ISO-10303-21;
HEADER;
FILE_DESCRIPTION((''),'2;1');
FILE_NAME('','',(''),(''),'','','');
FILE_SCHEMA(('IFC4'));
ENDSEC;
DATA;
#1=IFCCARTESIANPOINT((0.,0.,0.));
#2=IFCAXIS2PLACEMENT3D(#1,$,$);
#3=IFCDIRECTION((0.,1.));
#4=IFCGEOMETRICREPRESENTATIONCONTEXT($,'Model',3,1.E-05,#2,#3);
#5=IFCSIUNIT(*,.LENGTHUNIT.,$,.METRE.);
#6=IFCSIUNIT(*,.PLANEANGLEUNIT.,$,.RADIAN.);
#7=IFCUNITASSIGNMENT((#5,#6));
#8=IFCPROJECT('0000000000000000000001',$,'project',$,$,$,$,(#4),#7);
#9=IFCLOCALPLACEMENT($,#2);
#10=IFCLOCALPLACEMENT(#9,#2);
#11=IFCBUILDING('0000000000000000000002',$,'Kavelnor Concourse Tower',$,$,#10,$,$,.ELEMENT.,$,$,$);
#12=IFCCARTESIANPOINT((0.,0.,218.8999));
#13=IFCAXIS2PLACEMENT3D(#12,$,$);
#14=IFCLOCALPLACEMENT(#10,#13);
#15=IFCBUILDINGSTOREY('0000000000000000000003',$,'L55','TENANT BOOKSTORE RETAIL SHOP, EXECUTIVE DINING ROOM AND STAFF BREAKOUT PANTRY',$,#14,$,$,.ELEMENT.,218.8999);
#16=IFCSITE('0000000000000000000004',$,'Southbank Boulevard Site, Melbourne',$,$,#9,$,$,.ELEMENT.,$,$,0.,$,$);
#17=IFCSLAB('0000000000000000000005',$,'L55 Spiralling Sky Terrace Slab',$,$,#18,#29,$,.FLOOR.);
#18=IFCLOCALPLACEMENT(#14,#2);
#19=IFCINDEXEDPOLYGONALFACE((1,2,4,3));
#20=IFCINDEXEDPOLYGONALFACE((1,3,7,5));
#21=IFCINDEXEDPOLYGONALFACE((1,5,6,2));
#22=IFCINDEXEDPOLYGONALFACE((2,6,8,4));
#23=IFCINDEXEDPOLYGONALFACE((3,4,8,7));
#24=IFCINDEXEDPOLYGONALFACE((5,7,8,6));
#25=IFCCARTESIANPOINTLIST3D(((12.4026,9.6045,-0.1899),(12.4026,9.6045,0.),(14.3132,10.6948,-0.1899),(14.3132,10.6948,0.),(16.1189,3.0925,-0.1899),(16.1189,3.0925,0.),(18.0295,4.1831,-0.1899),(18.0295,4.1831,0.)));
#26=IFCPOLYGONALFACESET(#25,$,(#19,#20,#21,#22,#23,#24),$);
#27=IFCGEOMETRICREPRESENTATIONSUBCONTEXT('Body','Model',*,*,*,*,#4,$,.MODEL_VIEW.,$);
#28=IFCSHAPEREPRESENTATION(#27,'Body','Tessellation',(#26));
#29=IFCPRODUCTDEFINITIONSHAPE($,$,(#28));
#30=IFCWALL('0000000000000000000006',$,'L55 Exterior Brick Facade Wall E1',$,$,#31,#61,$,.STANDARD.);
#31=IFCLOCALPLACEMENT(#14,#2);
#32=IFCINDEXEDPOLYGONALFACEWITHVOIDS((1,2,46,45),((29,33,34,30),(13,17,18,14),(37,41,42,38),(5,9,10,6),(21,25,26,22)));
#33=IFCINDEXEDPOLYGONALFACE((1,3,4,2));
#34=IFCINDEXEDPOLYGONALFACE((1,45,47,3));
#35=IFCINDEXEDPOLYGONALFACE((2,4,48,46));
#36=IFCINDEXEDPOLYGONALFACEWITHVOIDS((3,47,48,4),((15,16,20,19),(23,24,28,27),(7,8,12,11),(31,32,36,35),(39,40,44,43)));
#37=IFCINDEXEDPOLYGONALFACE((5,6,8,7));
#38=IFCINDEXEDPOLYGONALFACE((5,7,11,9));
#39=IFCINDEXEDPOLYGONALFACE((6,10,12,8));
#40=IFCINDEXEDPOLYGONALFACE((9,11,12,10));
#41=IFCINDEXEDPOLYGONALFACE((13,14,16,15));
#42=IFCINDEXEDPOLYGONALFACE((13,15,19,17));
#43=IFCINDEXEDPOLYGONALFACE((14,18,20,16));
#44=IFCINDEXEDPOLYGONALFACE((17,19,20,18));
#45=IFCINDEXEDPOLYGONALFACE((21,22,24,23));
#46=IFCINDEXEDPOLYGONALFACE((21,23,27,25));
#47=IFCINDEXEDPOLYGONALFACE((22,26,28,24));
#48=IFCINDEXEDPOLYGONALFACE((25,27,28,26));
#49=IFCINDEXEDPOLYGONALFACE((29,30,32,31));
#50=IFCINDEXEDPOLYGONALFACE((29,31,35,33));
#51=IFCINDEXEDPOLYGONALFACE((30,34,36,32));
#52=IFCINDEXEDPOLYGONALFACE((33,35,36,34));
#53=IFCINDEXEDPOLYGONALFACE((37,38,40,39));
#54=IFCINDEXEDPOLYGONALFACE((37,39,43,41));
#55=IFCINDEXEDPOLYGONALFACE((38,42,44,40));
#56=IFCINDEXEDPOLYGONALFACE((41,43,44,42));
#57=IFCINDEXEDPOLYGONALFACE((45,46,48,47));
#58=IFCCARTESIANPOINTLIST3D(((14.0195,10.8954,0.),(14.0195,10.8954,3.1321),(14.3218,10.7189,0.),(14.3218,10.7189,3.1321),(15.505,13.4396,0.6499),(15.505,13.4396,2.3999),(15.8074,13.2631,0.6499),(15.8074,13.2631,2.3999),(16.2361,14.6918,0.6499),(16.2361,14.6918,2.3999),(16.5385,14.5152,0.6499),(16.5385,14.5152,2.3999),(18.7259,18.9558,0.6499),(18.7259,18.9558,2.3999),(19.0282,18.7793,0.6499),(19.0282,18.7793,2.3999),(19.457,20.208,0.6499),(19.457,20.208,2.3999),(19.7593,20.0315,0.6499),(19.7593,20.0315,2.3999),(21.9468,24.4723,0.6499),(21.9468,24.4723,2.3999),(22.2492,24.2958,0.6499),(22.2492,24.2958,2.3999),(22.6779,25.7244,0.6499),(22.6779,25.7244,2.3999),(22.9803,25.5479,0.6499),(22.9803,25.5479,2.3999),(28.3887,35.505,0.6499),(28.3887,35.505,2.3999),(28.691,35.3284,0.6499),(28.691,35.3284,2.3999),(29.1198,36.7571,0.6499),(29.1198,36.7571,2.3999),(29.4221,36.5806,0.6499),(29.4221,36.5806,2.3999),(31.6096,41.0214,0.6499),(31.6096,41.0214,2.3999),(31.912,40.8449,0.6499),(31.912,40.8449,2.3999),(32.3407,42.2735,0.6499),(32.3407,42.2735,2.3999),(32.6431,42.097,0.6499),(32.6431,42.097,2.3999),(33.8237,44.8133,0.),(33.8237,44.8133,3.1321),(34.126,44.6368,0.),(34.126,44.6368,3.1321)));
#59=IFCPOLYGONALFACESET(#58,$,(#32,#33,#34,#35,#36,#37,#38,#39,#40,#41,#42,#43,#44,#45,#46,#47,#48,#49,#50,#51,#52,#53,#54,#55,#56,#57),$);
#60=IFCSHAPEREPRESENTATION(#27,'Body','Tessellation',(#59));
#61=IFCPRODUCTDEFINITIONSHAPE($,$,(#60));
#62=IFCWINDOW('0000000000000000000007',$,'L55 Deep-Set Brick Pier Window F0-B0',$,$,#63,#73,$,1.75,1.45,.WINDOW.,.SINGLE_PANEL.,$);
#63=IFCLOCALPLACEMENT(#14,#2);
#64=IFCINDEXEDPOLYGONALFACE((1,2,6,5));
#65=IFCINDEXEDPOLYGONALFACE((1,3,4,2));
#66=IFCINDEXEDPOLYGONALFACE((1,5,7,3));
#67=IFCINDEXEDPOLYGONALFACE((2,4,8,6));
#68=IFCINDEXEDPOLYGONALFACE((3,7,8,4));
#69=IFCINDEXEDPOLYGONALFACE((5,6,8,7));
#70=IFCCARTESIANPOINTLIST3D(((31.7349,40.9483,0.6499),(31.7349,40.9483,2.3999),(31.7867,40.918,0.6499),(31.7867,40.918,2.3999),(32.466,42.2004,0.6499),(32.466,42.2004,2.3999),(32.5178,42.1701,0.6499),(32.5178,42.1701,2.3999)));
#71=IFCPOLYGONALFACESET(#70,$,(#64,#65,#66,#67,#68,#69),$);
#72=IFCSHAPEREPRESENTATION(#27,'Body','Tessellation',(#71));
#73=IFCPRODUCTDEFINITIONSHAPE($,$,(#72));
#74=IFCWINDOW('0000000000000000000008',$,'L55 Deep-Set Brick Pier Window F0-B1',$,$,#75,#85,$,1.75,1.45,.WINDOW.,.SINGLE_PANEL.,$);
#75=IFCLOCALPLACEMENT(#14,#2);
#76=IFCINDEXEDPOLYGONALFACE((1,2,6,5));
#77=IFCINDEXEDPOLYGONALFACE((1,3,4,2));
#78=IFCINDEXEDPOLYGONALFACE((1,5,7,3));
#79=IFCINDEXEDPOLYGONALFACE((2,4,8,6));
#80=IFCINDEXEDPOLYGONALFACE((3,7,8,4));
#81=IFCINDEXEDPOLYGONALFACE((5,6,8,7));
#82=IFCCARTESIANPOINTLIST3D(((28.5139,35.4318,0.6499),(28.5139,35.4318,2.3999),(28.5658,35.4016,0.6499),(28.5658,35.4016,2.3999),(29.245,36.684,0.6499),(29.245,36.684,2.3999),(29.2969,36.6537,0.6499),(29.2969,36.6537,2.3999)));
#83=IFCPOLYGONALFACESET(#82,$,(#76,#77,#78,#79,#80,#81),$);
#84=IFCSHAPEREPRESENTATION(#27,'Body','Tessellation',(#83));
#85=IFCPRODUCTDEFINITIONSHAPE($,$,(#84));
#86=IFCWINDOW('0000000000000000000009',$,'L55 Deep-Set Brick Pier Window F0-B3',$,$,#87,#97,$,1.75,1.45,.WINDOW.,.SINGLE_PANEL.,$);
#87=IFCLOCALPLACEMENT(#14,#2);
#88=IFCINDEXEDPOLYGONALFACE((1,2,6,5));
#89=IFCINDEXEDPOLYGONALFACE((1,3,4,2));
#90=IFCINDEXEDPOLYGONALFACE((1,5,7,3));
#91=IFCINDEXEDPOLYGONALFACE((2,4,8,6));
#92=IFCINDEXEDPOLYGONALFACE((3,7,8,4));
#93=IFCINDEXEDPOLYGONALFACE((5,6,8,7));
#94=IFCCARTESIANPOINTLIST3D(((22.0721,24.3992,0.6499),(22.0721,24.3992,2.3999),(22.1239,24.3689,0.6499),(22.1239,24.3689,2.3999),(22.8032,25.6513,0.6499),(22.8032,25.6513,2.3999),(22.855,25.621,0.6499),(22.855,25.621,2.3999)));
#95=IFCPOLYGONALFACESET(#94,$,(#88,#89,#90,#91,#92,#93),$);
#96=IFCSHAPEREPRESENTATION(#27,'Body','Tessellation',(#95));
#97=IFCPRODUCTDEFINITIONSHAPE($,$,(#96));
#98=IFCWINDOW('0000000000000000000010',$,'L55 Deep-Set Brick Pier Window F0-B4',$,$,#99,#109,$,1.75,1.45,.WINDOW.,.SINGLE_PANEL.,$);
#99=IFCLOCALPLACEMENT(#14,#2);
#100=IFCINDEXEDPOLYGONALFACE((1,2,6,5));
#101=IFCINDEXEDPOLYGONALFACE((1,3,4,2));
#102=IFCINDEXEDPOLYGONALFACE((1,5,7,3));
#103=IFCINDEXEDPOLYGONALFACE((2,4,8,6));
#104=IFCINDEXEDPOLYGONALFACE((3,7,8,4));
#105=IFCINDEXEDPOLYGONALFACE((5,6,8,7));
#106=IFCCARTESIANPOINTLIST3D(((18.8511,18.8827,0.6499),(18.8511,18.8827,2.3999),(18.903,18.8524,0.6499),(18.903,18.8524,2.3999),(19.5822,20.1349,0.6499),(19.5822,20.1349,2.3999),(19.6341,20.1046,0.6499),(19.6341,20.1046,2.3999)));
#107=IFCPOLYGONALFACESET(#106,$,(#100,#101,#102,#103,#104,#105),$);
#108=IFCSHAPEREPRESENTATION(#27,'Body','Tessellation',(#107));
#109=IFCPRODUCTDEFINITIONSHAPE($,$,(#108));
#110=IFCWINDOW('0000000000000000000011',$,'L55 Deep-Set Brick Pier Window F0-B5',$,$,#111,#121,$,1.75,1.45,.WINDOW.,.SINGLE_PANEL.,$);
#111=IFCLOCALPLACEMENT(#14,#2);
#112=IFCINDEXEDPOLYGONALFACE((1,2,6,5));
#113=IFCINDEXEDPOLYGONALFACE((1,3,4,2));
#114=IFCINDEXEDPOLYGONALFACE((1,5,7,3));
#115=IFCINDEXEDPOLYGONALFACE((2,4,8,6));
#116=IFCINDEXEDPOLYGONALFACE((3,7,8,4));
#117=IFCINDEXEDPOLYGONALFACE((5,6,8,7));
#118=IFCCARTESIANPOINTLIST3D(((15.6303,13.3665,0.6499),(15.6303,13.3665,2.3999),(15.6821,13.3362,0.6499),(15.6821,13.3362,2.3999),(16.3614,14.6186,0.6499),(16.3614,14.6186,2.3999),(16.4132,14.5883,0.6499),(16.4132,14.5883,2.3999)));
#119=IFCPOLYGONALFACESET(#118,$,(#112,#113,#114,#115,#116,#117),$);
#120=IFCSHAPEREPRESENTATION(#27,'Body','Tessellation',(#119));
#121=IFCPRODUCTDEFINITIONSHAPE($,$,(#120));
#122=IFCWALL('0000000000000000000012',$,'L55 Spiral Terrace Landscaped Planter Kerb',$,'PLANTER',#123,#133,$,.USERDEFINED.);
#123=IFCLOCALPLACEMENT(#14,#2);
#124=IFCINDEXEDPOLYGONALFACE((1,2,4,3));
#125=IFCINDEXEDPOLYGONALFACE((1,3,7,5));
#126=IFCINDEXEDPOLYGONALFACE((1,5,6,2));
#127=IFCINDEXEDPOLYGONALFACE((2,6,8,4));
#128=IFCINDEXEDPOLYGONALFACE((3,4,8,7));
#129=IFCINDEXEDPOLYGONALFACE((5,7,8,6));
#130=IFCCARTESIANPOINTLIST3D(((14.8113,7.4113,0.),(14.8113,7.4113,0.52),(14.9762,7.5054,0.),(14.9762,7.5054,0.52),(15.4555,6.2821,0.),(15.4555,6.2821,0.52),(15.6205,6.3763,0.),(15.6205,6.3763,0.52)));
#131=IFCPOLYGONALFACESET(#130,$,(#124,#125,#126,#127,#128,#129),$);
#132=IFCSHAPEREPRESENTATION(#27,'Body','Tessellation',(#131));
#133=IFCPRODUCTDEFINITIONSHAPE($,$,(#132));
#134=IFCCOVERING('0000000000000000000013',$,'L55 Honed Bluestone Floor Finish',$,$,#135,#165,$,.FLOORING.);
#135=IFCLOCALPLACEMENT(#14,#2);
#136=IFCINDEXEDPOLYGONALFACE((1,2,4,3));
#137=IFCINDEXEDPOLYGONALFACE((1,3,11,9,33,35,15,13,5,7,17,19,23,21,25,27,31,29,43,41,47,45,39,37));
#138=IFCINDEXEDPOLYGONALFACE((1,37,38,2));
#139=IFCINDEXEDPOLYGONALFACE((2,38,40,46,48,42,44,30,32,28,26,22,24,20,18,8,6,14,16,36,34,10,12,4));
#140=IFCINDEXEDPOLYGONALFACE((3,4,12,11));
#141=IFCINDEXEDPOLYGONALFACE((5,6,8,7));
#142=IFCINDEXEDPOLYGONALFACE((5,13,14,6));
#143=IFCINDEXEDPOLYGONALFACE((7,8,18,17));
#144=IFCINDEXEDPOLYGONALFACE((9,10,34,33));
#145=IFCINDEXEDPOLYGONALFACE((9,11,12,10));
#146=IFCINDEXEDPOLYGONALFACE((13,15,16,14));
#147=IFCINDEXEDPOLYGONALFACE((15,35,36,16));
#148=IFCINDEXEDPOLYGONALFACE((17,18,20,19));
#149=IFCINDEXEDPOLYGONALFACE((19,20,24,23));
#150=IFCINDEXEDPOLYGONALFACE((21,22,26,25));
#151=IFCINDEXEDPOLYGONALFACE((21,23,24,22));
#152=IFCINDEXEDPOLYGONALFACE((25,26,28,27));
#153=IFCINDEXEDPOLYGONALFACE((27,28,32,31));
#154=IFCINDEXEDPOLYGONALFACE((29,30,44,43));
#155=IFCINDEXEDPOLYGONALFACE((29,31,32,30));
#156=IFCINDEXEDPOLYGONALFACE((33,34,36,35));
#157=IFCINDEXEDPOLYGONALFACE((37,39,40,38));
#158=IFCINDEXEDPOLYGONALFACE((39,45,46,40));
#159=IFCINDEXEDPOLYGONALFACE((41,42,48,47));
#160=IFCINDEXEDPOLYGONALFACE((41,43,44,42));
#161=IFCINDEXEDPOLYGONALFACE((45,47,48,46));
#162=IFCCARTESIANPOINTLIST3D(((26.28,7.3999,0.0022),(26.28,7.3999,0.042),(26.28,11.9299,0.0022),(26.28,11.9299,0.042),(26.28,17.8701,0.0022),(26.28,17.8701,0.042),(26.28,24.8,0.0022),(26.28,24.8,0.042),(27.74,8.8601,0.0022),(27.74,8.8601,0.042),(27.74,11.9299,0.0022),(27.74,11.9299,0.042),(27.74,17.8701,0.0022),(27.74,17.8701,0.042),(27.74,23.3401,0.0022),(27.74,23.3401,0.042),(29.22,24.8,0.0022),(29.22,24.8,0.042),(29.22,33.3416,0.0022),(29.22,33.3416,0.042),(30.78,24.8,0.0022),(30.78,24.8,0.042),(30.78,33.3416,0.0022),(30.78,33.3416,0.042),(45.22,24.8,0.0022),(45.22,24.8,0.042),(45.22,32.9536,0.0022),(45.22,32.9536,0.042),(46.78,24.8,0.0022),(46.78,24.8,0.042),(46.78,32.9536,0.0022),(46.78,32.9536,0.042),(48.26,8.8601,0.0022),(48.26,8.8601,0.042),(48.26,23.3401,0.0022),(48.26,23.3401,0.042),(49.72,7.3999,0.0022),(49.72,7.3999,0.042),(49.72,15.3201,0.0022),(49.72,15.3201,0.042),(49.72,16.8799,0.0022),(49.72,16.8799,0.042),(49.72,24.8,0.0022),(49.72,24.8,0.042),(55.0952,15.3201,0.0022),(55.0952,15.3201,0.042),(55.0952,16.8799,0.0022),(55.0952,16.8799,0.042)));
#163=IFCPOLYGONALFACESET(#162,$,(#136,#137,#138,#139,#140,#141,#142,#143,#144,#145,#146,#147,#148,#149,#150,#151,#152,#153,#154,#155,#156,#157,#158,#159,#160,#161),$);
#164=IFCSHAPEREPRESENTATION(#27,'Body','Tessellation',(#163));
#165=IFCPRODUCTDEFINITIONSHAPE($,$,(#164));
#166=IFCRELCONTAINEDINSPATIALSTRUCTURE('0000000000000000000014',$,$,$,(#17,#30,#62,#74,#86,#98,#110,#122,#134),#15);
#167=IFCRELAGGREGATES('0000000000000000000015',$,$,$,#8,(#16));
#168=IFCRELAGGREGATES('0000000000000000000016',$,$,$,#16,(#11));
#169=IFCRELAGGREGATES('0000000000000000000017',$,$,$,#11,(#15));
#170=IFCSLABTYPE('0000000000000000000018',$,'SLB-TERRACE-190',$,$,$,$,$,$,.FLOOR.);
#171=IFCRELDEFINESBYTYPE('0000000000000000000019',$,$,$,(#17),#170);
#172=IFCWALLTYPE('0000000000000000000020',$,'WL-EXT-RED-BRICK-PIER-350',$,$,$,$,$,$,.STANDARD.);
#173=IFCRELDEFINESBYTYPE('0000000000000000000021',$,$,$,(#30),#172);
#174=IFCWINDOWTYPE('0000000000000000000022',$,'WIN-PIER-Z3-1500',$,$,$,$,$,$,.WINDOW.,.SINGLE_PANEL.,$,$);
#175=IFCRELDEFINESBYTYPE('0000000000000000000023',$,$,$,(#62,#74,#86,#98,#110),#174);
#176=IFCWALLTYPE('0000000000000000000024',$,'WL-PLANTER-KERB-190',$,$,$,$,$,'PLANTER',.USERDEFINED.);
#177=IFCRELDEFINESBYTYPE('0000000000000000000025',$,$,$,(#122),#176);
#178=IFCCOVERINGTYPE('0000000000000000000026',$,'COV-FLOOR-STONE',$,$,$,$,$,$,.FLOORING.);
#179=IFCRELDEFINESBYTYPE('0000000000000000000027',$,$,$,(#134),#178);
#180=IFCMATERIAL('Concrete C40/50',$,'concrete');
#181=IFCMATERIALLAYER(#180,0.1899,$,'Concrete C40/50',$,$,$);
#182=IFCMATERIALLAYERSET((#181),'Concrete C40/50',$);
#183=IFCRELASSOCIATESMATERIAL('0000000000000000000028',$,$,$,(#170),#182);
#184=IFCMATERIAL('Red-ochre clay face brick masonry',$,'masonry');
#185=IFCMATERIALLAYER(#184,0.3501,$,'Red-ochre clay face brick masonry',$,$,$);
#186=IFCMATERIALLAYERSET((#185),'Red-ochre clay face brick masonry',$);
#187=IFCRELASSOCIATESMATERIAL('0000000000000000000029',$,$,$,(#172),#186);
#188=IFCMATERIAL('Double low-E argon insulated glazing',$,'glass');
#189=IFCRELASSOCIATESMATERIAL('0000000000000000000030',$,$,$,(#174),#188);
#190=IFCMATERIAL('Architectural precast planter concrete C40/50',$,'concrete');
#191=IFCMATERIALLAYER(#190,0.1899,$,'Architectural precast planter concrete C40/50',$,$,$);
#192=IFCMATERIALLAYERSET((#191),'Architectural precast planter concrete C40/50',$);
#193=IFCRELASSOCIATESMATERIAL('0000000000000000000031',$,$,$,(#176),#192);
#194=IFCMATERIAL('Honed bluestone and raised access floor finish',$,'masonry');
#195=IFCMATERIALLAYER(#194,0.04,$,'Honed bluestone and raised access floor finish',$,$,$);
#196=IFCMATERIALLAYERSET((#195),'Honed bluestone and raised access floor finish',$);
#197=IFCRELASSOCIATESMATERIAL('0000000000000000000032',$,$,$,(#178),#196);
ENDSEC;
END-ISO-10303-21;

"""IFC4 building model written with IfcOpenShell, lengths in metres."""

from ifc_helpers import new_model, si_unit, direction, frame, frame_2d, origin, place, context, subcontext, project, spatial, polyline, rectangle, outline, extrude, material, layer, layer_set, type_object, element, fill, save


model = new_model("IFC4")

# Units and contexts
model_context = context("Model", 3, precision=1e-05, world=origin(), true_north=direction((0.0, 1.0)))
body_context = subcontext(model_context, "Body", "Model", "MODEL_VIEW")
ifc_project = project(units=[si_unit("LENGTHUNIT", "METRE"), si_unit("PLANEANGLEUNIT", "RADIAN")], contexts=[model_context])

# Site, building, storey
site_placement = place(None, origin())
site = spatial("IfcSite", under=ifc_project, at=site_placement, Name="Southbank Boulevard Site, Melbourne", CompositionType="ELEMENT", RefElevation=0.0)
building_placement = place(site_placement, origin())
building = spatial("IfcBuilding", under=site, at=building_placement, Name="Kavelnor Concourse Tower", CompositionType="ELEMENT")
storey_placement = place(building_placement, frame((0.0, 0.0, 218.8999)))
storey = spatial("IfcBuildingStorey", under=building, at=storey_placement, Name="L55", Description="TENANT BOOKSTORE RETAIL SHOP, EXECUTIVE DINING ROOM AND STAFF BREAKOUT PANTRY", CompositionType="ELEMENT", Elevation=218.8999)

# Shared definitions
ifc_material_1 = material(Name="Concrete C40/50", Category="concrete")

# Slab
ifc_layer_1 = layer(ifc_material_1, 0.1899, Name="Concrete C40/50")
ifc_layer_set_1 = layer_set([ifc_layer_1], Name="Concrete C40/50")
slab_type_1 = type_object("IfcSlabType", Name="SLB-TERRACE-190", PredefinedType="FLOOR", material=ifc_layer_set_1)
slab_1_placement = place(storey_placement, frame((0.0, 0.0, -0.1899)))
element("IfcSlab", 1, at=slab_1_placement, inside=storey, type_object=slab_type_1, Name="L55 Spiralling Sky Terrace Slab", PredefinedType="FLOOR", context=body_context, shape_type="SweptSolid", body=[
    extrude(outline(polyline([(16.1189, 3.0925), (12.4026, 9.6045), (14.3132, 10.6948), (18.0295, 4.1831), (16.1189, 3.0925)])), origin(), (0.0, 0.0, 1.0), 0.1899),
])

# Wall, openings, windows
ifc_material_2 = material(Name="Red-ochre clay face brick masonry", Category="masonry")
ifc_layer_2 = layer(ifc_material_2, 0.3501, Name="Red-ochre clay face brick masonry")
ifc_layer_set_2 = layer_set([ifc_layer_2], Name="Red-ochre clay face brick masonry")
wall_type_1 = type_object("IfcWallType", Name="WL-EXT-RED-BRICK-PIER-350", PredefinedType="STANDARD", material=ifc_layer_set_2)
wall_1_placement = place(storey_placement, frame((14.1707, 10.8071, 0.0), z_axis=(0.0, 0.0, 1.0), x_axis=(0.504227, 0.863571, 0.0)))
wall_1 = element("IfcWall", 2, at=wall_1_placement, inside=storey, type_object=wall_type_1, Name="L55 Exterior Brick Facade Wall E1", PredefinedType="STANDARD", context=body_context, shape_type="SweptSolid", body=[
    extrude(rectangle(XDim=39.2764, YDim=0.3501, at=frame_2d((19.6382, 0.0))), origin(), (0.0, 0.0, 1.0), 3.1321),
])
opening_1_placement = place(wall_1_placement, frame((34.8853, 0.0, 0.6499)))
opening_1 = element("IfcOpeningElement", 3, at=opening_1_placement, cuts=wall_1, PredefinedType="OPENING", context=body_context, shape_type="SweptSolid", body=[
    extrude(rectangle(XDim=1.45, YDim=1.75, at=frame_2d((0.7251, 0.875))), frame((0.0, 0.1851, 0.0), z_axis=(0.0, -1.0, 0.0), x_axis=(1.0, 0.0, 0.0)), (0.0, 0.0, 1.0), 0.3701),
])
opening_2_placement = place(wall_1_placement, frame((28.4973, 0.0, 0.6499)))
opening_2 = element("IfcOpeningElement", 4, at=opening_2_placement, cuts=wall_1, PredefinedType="OPENING", context=body_context, shape_type="SweptSolid", body=[
    extrude(rectangle(XDim=1.45, YDim=1.75, at=frame_2d((0.7251, 0.875))), frame((0.0, 0.1851, 0.0), z_axis=(0.0, -1.0, 0.0), x_axis=(1.0, 0.0, 0.0)), (0.0, 0.0, 1.0), 0.3701),
])
opening_3_placement = place(wall_1_placement, frame((15.7217, 0.0, 0.6499)))
opening_3 = element("IfcOpeningElement", 5, at=opening_3_placement, cuts=wall_1, PredefinedType="OPENING", context=body_context, shape_type="SweptSolid", body=[
    extrude(rectangle(XDim=1.45, YDim=1.75, at=frame_2d((0.7251, 0.875))), frame((0.0, 0.1851, 0.0), z_axis=(0.0, -1.0, 0.0), x_axis=(1.0, 0.0, 0.0)), (0.0, 0.0, 1.0), 0.3701),
])
opening_4_placement = place(wall_1_placement, frame((9.3337, 0.0, 0.6499)))
opening_4 = element("IfcOpeningElement", 6, at=opening_4_placement, cuts=wall_1, PredefinedType="OPENING", context=body_context, shape_type="SweptSolid", body=[
    extrude(rectangle(XDim=1.45, YDim=1.75, at=frame_2d((0.7251, 0.875))), frame((0.0, 0.1851, 0.0), z_axis=(0.0, -1.0, 0.0), x_axis=(1.0, 0.0, 0.0)), (0.0, 0.0, 1.0), 0.3701),
])
opening_5_placement = place(wall_1_placement, frame((2.946, 0.0, 0.6499)))
opening_5 = element("IfcOpeningElement", 7, at=opening_5_placement, cuts=wall_1, PredefinedType="OPENING", context=body_context, shape_type="SweptSolid", body=[
    extrude(rectangle(XDim=1.45, YDim=1.75, at=frame_2d((0.7251, 0.875))), frame((0.0, 0.1851, 0.0), z_axis=(0.0, -1.0, 0.0), x_axis=(1.0, 0.0, 0.0)), (0.0, 0.0, 1.0), 0.3701),
])
ifc_material_3 = material(Name="Double low-E argon insulated glazing", Category="glass")
window_type = type_object("IfcWindowType", Name="WIN-PIER-Z3-1500", PartitioningType="SINGLE_PANEL", PredefinedType="WINDOW", material=ifc_material_3)
window_1_placement = place(opening_1_placement, origin())
window_1 = element("IfcWindow", 8, at=window_1_placement, inside=storey, type_object=window_type, Name="L55 Deep-Set Brick Pier Window F0-B0", OverallHeight=1.75, OverallWidth=1.45, PartitioningType="SINGLE_PANEL", PredefinedType="WINDOW", context=body_context, shape_type="SweptSolid", body=[
    extrude(rectangle(XDim=1.45, YDim=1.75, at=frame_2d((0.7251, 0.875))), frame((0.0, 0.03, 0.0), z_axis=(0.0, -1.0, 0.0), x_axis=(1.0, 0.0, 0.0)), (0.0, 0.0, 1.0), 0.0601),
])
fill(opening_1, window_1)
window_2_placement = place(opening_2_placement, origin())
window_2 = element("IfcWindow", 9, at=window_2_placement, inside=storey, type_object=window_type, Name="L55 Deep-Set Brick Pier Window F0-B1", OverallHeight=1.75, OverallWidth=1.45, PartitioningType="SINGLE_PANEL", PredefinedType="WINDOW", context=body_context, shape_type="SweptSolid", body=[
    extrude(rectangle(XDim=1.45, YDim=1.75, at=frame_2d((0.7251, 0.875))), frame((0.0, 0.03, 0.0), z_axis=(0.0, -1.0, 0.0), x_axis=(1.0, 0.0, 0.0)), (0.0, 0.0, 1.0), 0.0601),
])
fill(opening_2, window_2)
window_3_placement = place(opening_3_placement, origin())
window_3 = element("IfcWindow", 10, at=window_3_placement, inside=storey, type_object=window_type, Name="L55 Deep-Set Brick Pier Window F0-B3", OverallHeight=1.75, OverallWidth=1.45, PartitioningType="SINGLE_PANEL", PredefinedType="WINDOW", context=body_context, shape_type="SweptSolid", body=[
    extrude(rectangle(XDim=1.45, YDim=1.75, at=frame_2d((0.7251, 0.875))), frame((0.0, 0.03, 0.0), z_axis=(0.0, -1.0, 0.0), x_axis=(1.0, 0.0, 0.0)), (0.0, 0.0, 1.0), 0.0601),
])
fill(opening_3, window_3)
window_4_placement = place(opening_4_placement, origin())
window_4 = element("IfcWindow", 11, at=window_4_placement, inside=storey, type_object=window_type, Name="L55 Deep-Set Brick Pier Window F0-B4", OverallHeight=1.75, OverallWidth=1.45, PartitioningType="SINGLE_PANEL", PredefinedType="WINDOW", context=body_context, shape_type="SweptSolid", body=[
    extrude(rectangle(XDim=1.45, YDim=1.75, at=frame_2d((0.7251, 0.875))), frame((0.0, 0.03, 0.0), z_axis=(0.0, -1.0, 0.0), x_axis=(1.0, 0.0, 0.0)), (0.0, 0.0, 1.0), 0.0601),
])
fill(opening_4, window_4)
window_5_placement = place(opening_5_placement, origin())
window_5 = element("IfcWindow", 12, at=window_5_placement, inside=storey, type_object=window_type, Name="L55 Deep-Set Brick Pier Window F0-B5", OverallHeight=1.75, OverallWidth=1.45, PartitioningType="SINGLE_PANEL", PredefinedType="WINDOW", context=body_context, shape_type="SweptSolid", body=[
    extrude(rectangle(XDim=1.45, YDim=1.75, at=frame_2d((0.7251, 0.875))), frame((0.0, 0.03, 0.0), z_axis=(0.0, -1.0, 0.0), x_axis=(1.0, 0.0, 0.0)), (0.0, 0.0, 1.0), 0.0601),
])
fill(opening_5, window_5)

# Wall
ifc_material_4 = material(Name="Architectural precast planter concrete C40/50", Category="concrete")
ifc_layer_3 = layer(ifc_material_4, 0.1899, Name="Architectural precast planter concrete C40/50")
ifc_layer_set_3 = layer_set([ifc_layer_3], Name="Architectural precast planter concrete C40/50")
wall_type_2 = type_object("IfcWallType", Name="WL-PLANTER-KERB-190", ElementType="PLANTER", PredefinedType="USERDEFINED", material=ifc_layer_set_3)
wall_2_placement = place(storey_placement, frame((14.8938, 7.4583, 0.0), z_axis=(0.0, 0.0, 1.0), x_axis=(0.495593, -0.868555, 0.0)))
element("IfcWall", 13, at=wall_2_placement, inside=storey, type_object=wall_type_2, Name="L55 Spiral Terrace Landscaped Planter Kerb", ObjectType="PLANTER", PredefinedType="USERDEFINED", context=body_context, shape_type="SweptSolid", body=[
    extrude(rectangle(XDim=1.3, YDim=0.1899, at=frame_2d((0.6499, 0.0))), origin(), (0.0, 0.0, 1.0), 0.52),
])

# Covering
ifc_material_5 = material(Name="Honed bluestone and raised access floor finish", Category="masonry")
ifc_layer_4 = layer(ifc_material_5, 0.04, Name="Honed bluestone and raised access floor finish")
ifc_layer_set_4 = layer_set([ifc_layer_4], Name="Honed bluestone and raised access floor finish")
covering_type = type_object("IfcCoveringType", Name="COV-FLOOR-STONE", PredefinedType="FLOORING", material=ifc_layer_set_4)
covering_placement = place(storey_placement, frame((0.0, 0.0, 0.0022)))
element("IfcCovering", 14, at=covering_placement, inside=storey, type_object=covering_type, Name="L55 Honed Bluestone Floor Finish", PredefinedType="FLOORING", context=body_context, shape_type="SweptSolid", body=[
    extrude(outline(polyline([(29.22, 24.8), (29.22, 33.3416), (30.78, 33.3416), (30.78, 24.8), (45.22, 24.8), (45.22, 32.9536), (46.78, 32.9536), (46.78, 24.8), (49.72, 24.8), (49.72, 16.8799), (55.0952, 16.8799), (55.0952, 15.3201), (49.72, 15.3201), (49.72, 7.3999), (26.28, 7.3999), (26.28, 11.9299), (27.74, 11.9299), (27.74, 8.8601), (48.26, 8.8601), (48.26, 23.3401), (27.74, 23.3401), (27.74, 17.8701), (26.28, 17.8701), (26.28, 24.8), (29.22, 24.8)])), origin(), (0.0, 0.0, 1.0), 0.0398),
])

save(model, "model.ifc")
